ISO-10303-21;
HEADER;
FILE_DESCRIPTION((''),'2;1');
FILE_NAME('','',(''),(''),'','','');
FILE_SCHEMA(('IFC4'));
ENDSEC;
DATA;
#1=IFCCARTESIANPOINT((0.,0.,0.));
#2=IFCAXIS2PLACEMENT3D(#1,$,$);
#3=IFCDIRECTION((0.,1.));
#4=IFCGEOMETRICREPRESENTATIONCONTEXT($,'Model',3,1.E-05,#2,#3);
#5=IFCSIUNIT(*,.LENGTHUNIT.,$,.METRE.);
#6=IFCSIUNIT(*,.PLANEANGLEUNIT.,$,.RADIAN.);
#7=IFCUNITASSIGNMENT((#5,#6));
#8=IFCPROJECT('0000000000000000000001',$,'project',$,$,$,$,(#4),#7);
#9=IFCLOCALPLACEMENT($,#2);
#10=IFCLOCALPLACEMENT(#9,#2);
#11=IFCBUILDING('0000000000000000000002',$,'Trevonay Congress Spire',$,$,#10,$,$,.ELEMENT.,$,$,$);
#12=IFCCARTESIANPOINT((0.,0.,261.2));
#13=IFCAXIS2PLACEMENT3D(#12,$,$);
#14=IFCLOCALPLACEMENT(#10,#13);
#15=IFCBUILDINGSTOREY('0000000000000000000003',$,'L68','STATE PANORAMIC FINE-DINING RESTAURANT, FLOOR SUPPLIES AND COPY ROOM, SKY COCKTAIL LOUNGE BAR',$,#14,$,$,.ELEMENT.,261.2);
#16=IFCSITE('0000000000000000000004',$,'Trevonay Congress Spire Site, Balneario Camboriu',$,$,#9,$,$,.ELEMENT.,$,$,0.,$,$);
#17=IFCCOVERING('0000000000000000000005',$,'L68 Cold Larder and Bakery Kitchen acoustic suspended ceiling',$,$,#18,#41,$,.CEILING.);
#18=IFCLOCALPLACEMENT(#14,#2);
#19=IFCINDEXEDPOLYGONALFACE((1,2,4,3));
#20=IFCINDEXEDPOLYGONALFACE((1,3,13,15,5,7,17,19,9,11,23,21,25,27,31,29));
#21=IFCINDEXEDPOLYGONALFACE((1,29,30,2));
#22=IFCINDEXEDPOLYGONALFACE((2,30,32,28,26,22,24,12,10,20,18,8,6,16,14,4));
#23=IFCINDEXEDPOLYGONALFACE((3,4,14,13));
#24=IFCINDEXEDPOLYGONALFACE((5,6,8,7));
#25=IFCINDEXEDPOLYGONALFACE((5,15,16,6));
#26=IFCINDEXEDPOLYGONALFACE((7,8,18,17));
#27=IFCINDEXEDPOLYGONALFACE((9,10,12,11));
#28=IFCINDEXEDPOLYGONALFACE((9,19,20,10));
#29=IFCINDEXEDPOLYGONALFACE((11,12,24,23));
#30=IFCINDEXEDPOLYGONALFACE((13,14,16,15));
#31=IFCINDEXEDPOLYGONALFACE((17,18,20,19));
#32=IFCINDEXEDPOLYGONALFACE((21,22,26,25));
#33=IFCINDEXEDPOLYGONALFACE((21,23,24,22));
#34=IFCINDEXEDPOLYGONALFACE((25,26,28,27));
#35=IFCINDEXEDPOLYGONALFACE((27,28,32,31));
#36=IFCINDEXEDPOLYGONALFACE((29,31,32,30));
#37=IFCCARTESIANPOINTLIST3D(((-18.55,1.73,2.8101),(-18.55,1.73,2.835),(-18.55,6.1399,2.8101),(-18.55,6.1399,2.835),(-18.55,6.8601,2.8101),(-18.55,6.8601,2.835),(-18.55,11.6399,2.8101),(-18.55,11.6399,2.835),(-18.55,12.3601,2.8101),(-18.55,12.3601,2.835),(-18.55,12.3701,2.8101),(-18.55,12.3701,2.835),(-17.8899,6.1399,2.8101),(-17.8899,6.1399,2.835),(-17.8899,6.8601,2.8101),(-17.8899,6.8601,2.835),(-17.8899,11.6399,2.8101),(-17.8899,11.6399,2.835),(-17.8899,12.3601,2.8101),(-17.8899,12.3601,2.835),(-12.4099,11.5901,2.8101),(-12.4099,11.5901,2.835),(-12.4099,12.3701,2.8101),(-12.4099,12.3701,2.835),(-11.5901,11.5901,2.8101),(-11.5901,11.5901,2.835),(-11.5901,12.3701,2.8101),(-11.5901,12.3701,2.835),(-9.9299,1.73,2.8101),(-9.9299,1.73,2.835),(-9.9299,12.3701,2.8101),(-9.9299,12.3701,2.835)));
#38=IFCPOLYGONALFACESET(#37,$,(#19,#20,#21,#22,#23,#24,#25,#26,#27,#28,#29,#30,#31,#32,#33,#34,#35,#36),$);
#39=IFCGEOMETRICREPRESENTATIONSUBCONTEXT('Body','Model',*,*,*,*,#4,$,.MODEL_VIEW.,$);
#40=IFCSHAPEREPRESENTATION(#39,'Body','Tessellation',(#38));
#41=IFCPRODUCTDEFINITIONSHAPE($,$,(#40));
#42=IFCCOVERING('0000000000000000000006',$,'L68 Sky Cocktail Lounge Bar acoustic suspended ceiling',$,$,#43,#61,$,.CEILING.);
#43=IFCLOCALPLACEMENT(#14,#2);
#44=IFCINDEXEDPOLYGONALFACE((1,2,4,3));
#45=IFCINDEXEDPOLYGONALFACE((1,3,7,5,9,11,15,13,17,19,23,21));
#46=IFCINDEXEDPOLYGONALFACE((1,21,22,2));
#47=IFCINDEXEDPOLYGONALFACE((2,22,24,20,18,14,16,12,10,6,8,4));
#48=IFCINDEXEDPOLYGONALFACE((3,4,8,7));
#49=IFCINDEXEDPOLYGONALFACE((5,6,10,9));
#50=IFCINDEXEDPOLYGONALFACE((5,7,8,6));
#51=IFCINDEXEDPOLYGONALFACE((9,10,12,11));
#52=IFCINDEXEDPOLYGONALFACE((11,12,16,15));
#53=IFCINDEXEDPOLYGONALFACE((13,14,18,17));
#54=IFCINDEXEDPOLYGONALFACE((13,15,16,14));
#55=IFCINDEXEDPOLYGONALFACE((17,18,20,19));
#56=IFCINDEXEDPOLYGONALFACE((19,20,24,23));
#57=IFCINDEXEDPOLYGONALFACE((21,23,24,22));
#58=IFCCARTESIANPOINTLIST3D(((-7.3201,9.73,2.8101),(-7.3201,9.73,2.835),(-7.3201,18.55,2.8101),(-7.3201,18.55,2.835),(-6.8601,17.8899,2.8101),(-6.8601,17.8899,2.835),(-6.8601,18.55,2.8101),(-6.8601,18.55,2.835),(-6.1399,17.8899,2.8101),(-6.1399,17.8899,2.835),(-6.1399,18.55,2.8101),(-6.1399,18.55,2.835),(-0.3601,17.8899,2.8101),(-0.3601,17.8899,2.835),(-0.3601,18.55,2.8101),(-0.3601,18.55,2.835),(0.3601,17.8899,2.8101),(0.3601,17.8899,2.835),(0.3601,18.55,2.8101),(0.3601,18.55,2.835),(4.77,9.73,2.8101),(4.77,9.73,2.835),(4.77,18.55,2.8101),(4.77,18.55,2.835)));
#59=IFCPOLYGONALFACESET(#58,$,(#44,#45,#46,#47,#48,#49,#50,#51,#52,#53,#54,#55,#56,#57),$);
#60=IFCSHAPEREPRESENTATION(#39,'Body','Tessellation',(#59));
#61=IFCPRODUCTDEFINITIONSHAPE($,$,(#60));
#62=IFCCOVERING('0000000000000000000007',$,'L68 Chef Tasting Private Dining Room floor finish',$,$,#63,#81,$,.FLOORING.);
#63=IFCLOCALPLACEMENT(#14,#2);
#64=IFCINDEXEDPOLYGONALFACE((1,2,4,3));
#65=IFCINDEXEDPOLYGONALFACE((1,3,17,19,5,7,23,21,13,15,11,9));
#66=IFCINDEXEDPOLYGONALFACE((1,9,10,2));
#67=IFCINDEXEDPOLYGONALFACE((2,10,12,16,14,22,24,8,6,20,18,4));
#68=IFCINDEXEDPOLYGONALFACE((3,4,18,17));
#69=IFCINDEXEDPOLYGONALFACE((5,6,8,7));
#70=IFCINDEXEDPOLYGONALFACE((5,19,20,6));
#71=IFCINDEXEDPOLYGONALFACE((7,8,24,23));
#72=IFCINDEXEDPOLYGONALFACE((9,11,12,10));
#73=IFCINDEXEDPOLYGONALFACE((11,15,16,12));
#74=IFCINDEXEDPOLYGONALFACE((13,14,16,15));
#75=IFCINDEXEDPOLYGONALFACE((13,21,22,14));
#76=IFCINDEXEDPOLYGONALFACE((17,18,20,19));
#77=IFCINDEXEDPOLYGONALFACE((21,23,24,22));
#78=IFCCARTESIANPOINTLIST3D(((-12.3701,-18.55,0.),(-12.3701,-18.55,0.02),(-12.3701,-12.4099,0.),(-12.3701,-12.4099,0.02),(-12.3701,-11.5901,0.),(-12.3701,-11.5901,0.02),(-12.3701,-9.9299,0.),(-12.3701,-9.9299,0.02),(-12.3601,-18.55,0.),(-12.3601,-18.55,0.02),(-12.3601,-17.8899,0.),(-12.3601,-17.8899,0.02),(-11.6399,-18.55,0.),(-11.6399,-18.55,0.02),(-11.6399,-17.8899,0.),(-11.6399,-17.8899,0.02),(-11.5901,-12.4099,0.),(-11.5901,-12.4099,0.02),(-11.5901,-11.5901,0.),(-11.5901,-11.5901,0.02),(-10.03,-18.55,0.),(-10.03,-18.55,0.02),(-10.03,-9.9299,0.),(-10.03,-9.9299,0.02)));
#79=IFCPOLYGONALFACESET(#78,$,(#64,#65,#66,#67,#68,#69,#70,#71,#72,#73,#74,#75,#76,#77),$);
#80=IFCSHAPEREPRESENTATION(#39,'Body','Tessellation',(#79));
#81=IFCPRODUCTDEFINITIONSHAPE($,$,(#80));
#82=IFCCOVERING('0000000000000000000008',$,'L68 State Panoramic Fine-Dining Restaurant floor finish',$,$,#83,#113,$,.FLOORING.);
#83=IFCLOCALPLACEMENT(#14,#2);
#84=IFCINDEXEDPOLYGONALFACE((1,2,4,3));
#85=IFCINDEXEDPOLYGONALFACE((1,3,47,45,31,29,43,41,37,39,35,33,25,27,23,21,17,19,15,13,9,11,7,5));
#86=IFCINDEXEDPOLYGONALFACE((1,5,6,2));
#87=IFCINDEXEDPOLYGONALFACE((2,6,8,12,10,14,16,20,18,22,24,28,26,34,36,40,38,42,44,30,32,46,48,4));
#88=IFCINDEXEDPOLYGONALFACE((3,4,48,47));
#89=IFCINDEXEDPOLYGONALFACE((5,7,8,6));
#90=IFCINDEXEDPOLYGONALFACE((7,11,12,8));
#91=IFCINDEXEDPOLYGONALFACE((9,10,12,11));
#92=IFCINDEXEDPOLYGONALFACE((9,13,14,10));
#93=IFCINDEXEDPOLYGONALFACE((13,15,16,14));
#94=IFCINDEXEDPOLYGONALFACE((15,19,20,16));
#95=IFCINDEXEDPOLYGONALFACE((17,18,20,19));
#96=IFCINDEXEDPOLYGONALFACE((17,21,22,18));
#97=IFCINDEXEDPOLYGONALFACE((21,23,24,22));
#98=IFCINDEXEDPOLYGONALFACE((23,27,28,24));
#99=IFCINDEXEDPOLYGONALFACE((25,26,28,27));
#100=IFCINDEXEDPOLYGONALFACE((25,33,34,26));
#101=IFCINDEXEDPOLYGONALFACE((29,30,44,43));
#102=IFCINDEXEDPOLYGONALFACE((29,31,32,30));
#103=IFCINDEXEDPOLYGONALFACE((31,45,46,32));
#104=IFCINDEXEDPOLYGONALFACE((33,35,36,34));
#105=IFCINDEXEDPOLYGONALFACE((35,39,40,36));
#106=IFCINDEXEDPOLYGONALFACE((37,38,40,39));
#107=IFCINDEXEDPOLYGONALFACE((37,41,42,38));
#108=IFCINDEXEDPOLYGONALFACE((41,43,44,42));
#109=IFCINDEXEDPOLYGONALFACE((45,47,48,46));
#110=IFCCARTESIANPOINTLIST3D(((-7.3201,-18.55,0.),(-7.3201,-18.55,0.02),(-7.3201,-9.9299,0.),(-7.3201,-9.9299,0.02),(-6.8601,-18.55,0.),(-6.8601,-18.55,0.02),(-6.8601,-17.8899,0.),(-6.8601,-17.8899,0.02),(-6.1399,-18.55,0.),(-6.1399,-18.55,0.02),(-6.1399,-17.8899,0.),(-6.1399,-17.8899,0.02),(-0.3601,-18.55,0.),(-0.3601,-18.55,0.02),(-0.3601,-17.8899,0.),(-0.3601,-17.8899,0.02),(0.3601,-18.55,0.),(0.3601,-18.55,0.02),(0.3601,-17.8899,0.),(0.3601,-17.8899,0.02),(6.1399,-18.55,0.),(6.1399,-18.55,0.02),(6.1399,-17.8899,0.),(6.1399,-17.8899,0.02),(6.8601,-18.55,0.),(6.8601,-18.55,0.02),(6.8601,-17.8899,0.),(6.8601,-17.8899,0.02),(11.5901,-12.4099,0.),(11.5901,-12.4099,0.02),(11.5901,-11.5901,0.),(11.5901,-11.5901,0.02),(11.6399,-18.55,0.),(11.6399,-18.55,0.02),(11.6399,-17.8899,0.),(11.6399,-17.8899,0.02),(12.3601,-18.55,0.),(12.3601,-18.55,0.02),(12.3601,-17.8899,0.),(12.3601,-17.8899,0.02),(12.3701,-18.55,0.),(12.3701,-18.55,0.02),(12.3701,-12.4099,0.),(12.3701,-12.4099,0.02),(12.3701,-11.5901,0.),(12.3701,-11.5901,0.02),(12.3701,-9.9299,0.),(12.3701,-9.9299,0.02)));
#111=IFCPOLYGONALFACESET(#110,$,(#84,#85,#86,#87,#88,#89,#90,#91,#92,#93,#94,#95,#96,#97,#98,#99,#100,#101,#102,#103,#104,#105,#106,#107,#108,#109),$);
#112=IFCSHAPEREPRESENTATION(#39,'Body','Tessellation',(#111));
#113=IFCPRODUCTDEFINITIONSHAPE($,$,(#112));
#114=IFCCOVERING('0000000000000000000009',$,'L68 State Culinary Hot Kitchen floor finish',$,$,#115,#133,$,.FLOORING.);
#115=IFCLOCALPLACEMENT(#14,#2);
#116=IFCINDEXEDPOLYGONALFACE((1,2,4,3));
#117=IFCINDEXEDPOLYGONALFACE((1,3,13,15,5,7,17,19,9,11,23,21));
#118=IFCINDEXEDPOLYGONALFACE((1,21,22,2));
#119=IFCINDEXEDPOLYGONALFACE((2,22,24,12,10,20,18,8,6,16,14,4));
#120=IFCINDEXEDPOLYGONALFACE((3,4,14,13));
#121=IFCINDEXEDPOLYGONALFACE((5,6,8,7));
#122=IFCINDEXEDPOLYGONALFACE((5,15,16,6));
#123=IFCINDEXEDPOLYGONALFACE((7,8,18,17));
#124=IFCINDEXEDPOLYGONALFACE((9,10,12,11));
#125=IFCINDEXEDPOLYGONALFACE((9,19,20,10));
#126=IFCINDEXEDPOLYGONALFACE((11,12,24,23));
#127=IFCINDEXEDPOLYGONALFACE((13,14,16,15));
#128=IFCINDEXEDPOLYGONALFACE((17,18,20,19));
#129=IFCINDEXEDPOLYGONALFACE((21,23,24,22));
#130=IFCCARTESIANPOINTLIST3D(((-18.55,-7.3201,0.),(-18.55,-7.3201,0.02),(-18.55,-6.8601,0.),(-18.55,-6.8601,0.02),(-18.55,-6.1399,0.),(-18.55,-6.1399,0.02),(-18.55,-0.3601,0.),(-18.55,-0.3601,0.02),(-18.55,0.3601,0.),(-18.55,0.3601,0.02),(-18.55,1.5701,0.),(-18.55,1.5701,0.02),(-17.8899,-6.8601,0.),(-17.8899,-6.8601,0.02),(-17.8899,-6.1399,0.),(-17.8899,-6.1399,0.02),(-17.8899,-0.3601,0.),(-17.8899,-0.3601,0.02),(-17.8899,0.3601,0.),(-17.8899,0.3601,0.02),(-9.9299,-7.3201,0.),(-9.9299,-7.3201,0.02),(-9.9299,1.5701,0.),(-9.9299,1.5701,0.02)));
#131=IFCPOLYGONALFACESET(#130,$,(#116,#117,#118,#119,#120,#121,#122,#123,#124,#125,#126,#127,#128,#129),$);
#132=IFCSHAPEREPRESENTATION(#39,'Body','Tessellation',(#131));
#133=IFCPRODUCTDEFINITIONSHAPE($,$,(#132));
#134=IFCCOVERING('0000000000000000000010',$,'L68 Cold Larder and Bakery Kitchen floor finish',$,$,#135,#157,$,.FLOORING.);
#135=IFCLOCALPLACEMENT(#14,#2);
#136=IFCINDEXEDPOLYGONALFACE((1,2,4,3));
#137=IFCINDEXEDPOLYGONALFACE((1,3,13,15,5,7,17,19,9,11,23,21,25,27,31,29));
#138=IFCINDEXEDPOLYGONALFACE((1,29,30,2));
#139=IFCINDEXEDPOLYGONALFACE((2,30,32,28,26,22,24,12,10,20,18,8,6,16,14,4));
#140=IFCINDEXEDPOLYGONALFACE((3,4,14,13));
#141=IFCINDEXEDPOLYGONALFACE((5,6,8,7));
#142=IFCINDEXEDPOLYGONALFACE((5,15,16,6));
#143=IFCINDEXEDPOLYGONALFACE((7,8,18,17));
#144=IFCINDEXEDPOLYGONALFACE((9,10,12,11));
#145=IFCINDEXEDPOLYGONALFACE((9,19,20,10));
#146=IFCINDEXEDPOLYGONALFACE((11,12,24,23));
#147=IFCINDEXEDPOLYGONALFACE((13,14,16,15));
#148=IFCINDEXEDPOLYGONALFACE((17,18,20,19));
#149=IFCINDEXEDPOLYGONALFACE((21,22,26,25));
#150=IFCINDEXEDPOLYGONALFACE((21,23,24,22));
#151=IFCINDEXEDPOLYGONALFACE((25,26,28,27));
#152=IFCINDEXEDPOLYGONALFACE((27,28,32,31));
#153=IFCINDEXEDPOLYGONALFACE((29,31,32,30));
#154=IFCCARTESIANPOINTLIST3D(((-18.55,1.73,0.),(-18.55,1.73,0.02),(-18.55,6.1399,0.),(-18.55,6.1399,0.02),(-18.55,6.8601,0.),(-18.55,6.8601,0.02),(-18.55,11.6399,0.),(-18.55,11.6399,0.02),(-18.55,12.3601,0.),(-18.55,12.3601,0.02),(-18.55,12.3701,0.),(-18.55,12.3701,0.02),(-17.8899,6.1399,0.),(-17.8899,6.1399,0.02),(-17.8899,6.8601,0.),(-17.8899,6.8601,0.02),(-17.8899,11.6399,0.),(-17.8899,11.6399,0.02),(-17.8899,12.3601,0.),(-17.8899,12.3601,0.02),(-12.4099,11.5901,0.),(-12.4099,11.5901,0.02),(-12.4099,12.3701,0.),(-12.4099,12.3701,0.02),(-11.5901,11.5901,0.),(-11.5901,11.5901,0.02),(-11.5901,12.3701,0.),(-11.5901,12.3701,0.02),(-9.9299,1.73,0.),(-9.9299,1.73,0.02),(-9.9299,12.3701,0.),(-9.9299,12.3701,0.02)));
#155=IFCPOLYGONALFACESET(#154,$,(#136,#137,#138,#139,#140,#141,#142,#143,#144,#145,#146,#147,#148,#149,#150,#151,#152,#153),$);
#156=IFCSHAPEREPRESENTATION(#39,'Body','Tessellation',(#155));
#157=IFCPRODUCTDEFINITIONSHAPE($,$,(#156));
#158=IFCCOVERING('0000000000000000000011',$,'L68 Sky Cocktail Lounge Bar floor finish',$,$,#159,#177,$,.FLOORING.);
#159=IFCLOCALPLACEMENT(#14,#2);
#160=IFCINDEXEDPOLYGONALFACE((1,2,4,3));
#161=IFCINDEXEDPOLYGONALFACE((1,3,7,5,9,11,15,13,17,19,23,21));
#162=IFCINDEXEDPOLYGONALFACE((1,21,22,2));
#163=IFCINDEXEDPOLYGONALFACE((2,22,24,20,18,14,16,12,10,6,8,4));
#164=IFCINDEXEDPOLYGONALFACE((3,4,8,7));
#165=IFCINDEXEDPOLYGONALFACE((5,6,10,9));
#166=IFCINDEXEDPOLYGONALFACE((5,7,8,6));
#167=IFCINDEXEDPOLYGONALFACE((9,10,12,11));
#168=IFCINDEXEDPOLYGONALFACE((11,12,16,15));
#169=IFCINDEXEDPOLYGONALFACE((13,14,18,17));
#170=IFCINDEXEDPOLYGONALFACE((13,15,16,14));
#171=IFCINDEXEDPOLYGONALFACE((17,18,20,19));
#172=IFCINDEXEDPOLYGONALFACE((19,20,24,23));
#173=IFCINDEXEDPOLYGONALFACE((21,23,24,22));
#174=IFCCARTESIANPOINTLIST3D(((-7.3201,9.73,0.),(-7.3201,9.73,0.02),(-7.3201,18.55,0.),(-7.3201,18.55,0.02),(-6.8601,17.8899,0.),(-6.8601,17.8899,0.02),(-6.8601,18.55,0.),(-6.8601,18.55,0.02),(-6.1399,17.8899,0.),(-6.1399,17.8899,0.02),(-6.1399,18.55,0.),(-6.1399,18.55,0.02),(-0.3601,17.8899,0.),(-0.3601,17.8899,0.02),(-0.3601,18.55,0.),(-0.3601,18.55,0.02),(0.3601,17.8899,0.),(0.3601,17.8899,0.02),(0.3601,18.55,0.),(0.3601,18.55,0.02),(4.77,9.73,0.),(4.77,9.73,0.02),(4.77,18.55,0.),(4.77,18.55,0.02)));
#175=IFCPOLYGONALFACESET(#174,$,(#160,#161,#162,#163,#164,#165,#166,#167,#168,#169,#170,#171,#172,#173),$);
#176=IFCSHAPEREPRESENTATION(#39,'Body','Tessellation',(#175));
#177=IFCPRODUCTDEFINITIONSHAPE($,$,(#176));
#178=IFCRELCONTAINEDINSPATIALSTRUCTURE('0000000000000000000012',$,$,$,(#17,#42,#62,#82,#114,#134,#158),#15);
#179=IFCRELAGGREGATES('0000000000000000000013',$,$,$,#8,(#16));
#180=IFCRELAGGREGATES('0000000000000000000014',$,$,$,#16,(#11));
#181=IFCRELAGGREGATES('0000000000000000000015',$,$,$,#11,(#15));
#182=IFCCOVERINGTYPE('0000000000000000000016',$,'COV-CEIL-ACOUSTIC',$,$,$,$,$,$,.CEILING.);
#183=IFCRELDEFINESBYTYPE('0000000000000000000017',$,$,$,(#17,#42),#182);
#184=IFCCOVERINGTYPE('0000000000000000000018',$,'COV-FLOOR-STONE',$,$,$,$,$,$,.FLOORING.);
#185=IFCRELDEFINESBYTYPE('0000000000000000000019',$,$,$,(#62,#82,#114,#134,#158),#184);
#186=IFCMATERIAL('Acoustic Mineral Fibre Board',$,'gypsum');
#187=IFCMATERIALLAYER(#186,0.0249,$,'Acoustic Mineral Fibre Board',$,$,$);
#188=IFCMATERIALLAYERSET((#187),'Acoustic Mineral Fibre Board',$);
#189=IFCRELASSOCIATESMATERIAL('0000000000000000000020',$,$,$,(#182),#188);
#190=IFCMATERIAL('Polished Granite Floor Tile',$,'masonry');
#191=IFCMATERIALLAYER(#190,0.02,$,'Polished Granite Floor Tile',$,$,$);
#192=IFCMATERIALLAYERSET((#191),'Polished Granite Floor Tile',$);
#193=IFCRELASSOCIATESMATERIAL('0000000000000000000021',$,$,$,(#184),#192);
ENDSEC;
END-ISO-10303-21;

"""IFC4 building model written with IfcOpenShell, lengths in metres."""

from ifc_helpers import new_model, si_unit, direction, frame, origin, place, context, subcontext, project, spatial, polyline, outline, extrude, material, layer, layer_set, type_object, element, save


model = new_model("IFC4")

# Units and contexts
model_context = context("Model", 3, precision=1e-05, world=origin(), true_north=direction((0.0, 1.0)))
body_context = subcontext(model_context, "Body", "Model", "MODEL_VIEW")
ifc_project = project(units=[si_unit("LENGTHUNIT", "METRE"), si_unit("PLANEANGLEUNIT", "RADIAN")], contexts=[model_context])

# Site, building, storey
site_placement = place(None, origin())
site = spatial("IfcSite", under=ifc_project, at=site_placement, Name="Trevonay Congress Spire Site, Balneario Camboriu", CompositionType="ELEMENT", RefElevation=0.0)
building_placement = place(site_placement, origin())
building = spatial("IfcBuilding", under=site, at=building_placement, Name="Trevonay Congress Spire", CompositionType="ELEMENT")
storey_placement = place(building_placement, frame((0.0, 0.0, 261.2)))
storey = spatial("IfcBuildingStorey", under=building, at=storey_placement, Name="L68", Description="STATE PANORAMIC FINE-DINING RESTAURANT, FLOOR SUPPLIES AND COPY ROOM, SKY COCKTAIL LOUNGE BAR", CompositionType="ELEMENT", Elevation=261.2)

# Coverings
ifc_material_1 = material(Name="Acoustic Mineral Fibre Board", Category="gypsum")
ifc_layer_1 = layer(ifc_material_1, 0.0249, Name="Acoustic Mineral Fibre Board")
ifc_layer_set_1 = layer_set([ifc_layer_1], Name="Acoustic Mineral Fibre Board")
covering_type_1 = type_object("IfcCoveringType", Name="COV-CEIL-ACOUSTIC", PredefinedType="CEILING", material=ifc_layer_set_1)
covering_1_placement = place(storey_placement, frame((0.0, 0.0, 2.8101)))
element("IfcCovering", 1, at=covering_1_placement, inside=storey, type_object=covering_type_1, Name="L68 Cold Larder and Bakery Kitchen acoustic suspended ceiling", PredefinedType="CEILING", context=body_context, shape_type="SweptSolid", body=[
    extrude(outline(polyline([(-9.9299, 12.3701), (-9.9299, 1.73), (-18.55, 1.73), (-18.55, 6.1399), (-17.8899, 6.1399), (-17.8899, 6.8601), (-18.55, 6.8601), (-18.55, 11.6399), (-17.8899, 11.6399), (-17.8899, 12.3601), (-18.55, 12.3601), (-18.55, 12.3701), (-12.4099, 12.3701), (-12.4099, 11.5901), (-11.5901, 11.5901), (-11.5901, 12.3701), (-9.9299, 12.3701)])), origin(), (0.0, 0.0, 1.0), 0.0249),
])
covering_2_placement = place(storey_placement, frame((0.0, 0.0, 2.8101)))
element("IfcCovering", 2, at=covering_2_placement, inside=storey, type_object=covering_type_1, Name="L68 Sky Cocktail Lounge Bar acoustic suspended ceiling", PredefinedType="CEILING", context=body_context, shape_type="SweptSolid", body=[
    extrude(outline(polyline([(4.77, 18.55), (4.77, 9.73), (-7.3201, 9.73), (-7.3201, 18.55), (-6.8601, 18.55), (-6.8601, 17.8899), (-6.1399, 17.8899), (-6.1399, 18.55), (-0.3601, 18.55), (-0.3601, 17.8899), (0.3601, 17.8899), (0.3601, 18.55), (4.77, 18.55)])), origin(), (0.0, 0.0, 1.0), 0.0249),
])
ifc_material_2 = material(Name="Polished Granite Floor Tile", Category="masonry")
ifc_layer_2 = layer(ifc_material_2, 0.02, Name="Polished Granite Floor Tile")
ifc_layer_set_2 = layer_set([ifc_layer_2], Name="Polished Granite Floor Tile")
covering_type_2 = type_object("IfcCoveringType", Name="COV-FLOOR-STONE", PredefinedType="FLOORING", material=ifc_layer_set_2)
covering_3_placement = place(storey_placement, origin())
element("IfcCovering", 3, at=covering_3_placement, inside=storey, type_object=covering_type_2, Name="L68 Chef Tasting Private Dining Room floor finish", PredefinedType="FLOORING", context=body_context, shape_type="SweptSolid", body=[
    extrude(outline(polyline([(-12.3701, -18.55), (-12.3701, -12.4099), (-11.5901, -12.4099), (-11.5901, -11.5901), (-12.3701, -11.5901), (-12.3701, -9.9299), (-10.03, -9.9299), (-10.03, -18.55), (-11.6399, -18.55), (-11.6399, -17.8899), (-12.3601, -17.8899), (-12.3601, -18.55), (-12.3701, -18.55)])), origin(), (0.0, 0.0, 1.0), 0.02),
])
covering_4_placement = place(storey_placement, origin())
element("IfcCovering", 4, at=covering_4_placement, inside=storey, type_object=covering_type_2, Name="L68 State Panoramic Fine-Dining Restaurant floor finish", PredefinedType="FLOORING", context=body_context, shape_type="SweptSolid", body=[
    extrude(outline(polyline([(-7.3201, -18.55), (-7.3201, -9.9299), (12.3701, -9.9299), (12.3701, -11.5901), (11.5901, -11.5901), (11.5901, -12.4099), (12.3701, -12.4099), (12.3701, -18.55), (12.3601, -18.55), (12.3601, -17.8899), (11.6399, -17.8899), (11.6399, -18.55), (6.8601, -18.55), (6.8601, -17.8899), (6.1399, -17.8899), (6.1399, -18.55), (0.3601, -18.55), (0.3601, -17.8899), (-0.3601, -17.8899), (-0.3601, -18.55), (-6.1399, -18.55), (-6.1399, -17.8899), (-6.8601, -17.8899), (-6.8601, -18.55), (-7.3201, -18.55)])), origin(), (0.0, 0.0, 1.0), 0.02),
])
covering_5_placement = place(storey_placement, origin())
element("IfcCovering", 5, at=covering_5_placement, inside=storey, type_object=covering_type_2, Name="L68 State Culinary Hot Kitchen floor finish", PredefinedType="FLOORING", context=body_context, shape_type="SweptSolid", body=[
    extrude(outline(polyline([(-18.55, 1.5701), (-9.9299, 1.5701), (-9.9299, -7.3201), (-18.55, -7.3201), (-18.55, -6.8601), (-17.8899, -6.8601), (-17.8899, -6.1399), (-18.55, -6.1399), (-18.55, -0.3601), (-17.8899, -0.3601), (-17.8899, 0.3601), (-18.55, 0.3601), (-18.55, 1.5701)])), origin(), (0.0, 0.0, 1.0), 0.02),
])
covering_6_placement = place(storey_placement, origin())
element("IfcCovering", 6, at=covering_6_placement, inside=storey, type_object=covering_type_2, Name="L68 Cold Larder and Bakery Kitchen floor finish", PredefinedType="FLOORING", context=body_context, shape_type="SweptSolid", body=[
    extrude(outline(polyline([(-9.9299, 12.3701), (-9.9299, 1.73), (-18.55, 1.73), (-18.55, 6.1399), (-17.8899, 6.1399), (-17.8899, 6.8601), (-18.55, 6.8601), (-18.55, 11.6399), (-17.8899, 11.6399), (-17.8899, 12.3601), (-18.55, 12.3601), (-18.55, 12.3701), (-12.4099, 12.3701), (-12.4099, 11.5901), (-11.5901, 11.5901), (-11.5901, 12.3701), (-9.9299, 12.3701)])), origin(), (0.0, 0.0, 1.0), 0.02),
])
covering_7_placement = place(storey_placement, origin())
element("IfcCovering", 7, at=covering_7_placement, inside=storey, type_object=covering_type_2, Name="L68 Sky Cocktail Lounge Bar floor finish", PredefinedType="FLOORING", context=body_context, shape_type="SweptSolid", body=[
    extrude(outline(polyline([(4.77, 18.55), (4.77, 9.73), (-7.3201, 9.73), (-7.3201, 18.55), (-6.8601, 18.55), (-6.8601, 17.8899), (-6.1399, 17.8899), (-6.1399, 18.55), (-0.3601, 18.55), (-0.3601, 17.8899), (0.3601, 17.8899), (0.3601, 18.55), (4.77, 18.55)])), origin(), (0.0, 0.0, 1.0), 0.02),
])

save(model, "model.ifc")
